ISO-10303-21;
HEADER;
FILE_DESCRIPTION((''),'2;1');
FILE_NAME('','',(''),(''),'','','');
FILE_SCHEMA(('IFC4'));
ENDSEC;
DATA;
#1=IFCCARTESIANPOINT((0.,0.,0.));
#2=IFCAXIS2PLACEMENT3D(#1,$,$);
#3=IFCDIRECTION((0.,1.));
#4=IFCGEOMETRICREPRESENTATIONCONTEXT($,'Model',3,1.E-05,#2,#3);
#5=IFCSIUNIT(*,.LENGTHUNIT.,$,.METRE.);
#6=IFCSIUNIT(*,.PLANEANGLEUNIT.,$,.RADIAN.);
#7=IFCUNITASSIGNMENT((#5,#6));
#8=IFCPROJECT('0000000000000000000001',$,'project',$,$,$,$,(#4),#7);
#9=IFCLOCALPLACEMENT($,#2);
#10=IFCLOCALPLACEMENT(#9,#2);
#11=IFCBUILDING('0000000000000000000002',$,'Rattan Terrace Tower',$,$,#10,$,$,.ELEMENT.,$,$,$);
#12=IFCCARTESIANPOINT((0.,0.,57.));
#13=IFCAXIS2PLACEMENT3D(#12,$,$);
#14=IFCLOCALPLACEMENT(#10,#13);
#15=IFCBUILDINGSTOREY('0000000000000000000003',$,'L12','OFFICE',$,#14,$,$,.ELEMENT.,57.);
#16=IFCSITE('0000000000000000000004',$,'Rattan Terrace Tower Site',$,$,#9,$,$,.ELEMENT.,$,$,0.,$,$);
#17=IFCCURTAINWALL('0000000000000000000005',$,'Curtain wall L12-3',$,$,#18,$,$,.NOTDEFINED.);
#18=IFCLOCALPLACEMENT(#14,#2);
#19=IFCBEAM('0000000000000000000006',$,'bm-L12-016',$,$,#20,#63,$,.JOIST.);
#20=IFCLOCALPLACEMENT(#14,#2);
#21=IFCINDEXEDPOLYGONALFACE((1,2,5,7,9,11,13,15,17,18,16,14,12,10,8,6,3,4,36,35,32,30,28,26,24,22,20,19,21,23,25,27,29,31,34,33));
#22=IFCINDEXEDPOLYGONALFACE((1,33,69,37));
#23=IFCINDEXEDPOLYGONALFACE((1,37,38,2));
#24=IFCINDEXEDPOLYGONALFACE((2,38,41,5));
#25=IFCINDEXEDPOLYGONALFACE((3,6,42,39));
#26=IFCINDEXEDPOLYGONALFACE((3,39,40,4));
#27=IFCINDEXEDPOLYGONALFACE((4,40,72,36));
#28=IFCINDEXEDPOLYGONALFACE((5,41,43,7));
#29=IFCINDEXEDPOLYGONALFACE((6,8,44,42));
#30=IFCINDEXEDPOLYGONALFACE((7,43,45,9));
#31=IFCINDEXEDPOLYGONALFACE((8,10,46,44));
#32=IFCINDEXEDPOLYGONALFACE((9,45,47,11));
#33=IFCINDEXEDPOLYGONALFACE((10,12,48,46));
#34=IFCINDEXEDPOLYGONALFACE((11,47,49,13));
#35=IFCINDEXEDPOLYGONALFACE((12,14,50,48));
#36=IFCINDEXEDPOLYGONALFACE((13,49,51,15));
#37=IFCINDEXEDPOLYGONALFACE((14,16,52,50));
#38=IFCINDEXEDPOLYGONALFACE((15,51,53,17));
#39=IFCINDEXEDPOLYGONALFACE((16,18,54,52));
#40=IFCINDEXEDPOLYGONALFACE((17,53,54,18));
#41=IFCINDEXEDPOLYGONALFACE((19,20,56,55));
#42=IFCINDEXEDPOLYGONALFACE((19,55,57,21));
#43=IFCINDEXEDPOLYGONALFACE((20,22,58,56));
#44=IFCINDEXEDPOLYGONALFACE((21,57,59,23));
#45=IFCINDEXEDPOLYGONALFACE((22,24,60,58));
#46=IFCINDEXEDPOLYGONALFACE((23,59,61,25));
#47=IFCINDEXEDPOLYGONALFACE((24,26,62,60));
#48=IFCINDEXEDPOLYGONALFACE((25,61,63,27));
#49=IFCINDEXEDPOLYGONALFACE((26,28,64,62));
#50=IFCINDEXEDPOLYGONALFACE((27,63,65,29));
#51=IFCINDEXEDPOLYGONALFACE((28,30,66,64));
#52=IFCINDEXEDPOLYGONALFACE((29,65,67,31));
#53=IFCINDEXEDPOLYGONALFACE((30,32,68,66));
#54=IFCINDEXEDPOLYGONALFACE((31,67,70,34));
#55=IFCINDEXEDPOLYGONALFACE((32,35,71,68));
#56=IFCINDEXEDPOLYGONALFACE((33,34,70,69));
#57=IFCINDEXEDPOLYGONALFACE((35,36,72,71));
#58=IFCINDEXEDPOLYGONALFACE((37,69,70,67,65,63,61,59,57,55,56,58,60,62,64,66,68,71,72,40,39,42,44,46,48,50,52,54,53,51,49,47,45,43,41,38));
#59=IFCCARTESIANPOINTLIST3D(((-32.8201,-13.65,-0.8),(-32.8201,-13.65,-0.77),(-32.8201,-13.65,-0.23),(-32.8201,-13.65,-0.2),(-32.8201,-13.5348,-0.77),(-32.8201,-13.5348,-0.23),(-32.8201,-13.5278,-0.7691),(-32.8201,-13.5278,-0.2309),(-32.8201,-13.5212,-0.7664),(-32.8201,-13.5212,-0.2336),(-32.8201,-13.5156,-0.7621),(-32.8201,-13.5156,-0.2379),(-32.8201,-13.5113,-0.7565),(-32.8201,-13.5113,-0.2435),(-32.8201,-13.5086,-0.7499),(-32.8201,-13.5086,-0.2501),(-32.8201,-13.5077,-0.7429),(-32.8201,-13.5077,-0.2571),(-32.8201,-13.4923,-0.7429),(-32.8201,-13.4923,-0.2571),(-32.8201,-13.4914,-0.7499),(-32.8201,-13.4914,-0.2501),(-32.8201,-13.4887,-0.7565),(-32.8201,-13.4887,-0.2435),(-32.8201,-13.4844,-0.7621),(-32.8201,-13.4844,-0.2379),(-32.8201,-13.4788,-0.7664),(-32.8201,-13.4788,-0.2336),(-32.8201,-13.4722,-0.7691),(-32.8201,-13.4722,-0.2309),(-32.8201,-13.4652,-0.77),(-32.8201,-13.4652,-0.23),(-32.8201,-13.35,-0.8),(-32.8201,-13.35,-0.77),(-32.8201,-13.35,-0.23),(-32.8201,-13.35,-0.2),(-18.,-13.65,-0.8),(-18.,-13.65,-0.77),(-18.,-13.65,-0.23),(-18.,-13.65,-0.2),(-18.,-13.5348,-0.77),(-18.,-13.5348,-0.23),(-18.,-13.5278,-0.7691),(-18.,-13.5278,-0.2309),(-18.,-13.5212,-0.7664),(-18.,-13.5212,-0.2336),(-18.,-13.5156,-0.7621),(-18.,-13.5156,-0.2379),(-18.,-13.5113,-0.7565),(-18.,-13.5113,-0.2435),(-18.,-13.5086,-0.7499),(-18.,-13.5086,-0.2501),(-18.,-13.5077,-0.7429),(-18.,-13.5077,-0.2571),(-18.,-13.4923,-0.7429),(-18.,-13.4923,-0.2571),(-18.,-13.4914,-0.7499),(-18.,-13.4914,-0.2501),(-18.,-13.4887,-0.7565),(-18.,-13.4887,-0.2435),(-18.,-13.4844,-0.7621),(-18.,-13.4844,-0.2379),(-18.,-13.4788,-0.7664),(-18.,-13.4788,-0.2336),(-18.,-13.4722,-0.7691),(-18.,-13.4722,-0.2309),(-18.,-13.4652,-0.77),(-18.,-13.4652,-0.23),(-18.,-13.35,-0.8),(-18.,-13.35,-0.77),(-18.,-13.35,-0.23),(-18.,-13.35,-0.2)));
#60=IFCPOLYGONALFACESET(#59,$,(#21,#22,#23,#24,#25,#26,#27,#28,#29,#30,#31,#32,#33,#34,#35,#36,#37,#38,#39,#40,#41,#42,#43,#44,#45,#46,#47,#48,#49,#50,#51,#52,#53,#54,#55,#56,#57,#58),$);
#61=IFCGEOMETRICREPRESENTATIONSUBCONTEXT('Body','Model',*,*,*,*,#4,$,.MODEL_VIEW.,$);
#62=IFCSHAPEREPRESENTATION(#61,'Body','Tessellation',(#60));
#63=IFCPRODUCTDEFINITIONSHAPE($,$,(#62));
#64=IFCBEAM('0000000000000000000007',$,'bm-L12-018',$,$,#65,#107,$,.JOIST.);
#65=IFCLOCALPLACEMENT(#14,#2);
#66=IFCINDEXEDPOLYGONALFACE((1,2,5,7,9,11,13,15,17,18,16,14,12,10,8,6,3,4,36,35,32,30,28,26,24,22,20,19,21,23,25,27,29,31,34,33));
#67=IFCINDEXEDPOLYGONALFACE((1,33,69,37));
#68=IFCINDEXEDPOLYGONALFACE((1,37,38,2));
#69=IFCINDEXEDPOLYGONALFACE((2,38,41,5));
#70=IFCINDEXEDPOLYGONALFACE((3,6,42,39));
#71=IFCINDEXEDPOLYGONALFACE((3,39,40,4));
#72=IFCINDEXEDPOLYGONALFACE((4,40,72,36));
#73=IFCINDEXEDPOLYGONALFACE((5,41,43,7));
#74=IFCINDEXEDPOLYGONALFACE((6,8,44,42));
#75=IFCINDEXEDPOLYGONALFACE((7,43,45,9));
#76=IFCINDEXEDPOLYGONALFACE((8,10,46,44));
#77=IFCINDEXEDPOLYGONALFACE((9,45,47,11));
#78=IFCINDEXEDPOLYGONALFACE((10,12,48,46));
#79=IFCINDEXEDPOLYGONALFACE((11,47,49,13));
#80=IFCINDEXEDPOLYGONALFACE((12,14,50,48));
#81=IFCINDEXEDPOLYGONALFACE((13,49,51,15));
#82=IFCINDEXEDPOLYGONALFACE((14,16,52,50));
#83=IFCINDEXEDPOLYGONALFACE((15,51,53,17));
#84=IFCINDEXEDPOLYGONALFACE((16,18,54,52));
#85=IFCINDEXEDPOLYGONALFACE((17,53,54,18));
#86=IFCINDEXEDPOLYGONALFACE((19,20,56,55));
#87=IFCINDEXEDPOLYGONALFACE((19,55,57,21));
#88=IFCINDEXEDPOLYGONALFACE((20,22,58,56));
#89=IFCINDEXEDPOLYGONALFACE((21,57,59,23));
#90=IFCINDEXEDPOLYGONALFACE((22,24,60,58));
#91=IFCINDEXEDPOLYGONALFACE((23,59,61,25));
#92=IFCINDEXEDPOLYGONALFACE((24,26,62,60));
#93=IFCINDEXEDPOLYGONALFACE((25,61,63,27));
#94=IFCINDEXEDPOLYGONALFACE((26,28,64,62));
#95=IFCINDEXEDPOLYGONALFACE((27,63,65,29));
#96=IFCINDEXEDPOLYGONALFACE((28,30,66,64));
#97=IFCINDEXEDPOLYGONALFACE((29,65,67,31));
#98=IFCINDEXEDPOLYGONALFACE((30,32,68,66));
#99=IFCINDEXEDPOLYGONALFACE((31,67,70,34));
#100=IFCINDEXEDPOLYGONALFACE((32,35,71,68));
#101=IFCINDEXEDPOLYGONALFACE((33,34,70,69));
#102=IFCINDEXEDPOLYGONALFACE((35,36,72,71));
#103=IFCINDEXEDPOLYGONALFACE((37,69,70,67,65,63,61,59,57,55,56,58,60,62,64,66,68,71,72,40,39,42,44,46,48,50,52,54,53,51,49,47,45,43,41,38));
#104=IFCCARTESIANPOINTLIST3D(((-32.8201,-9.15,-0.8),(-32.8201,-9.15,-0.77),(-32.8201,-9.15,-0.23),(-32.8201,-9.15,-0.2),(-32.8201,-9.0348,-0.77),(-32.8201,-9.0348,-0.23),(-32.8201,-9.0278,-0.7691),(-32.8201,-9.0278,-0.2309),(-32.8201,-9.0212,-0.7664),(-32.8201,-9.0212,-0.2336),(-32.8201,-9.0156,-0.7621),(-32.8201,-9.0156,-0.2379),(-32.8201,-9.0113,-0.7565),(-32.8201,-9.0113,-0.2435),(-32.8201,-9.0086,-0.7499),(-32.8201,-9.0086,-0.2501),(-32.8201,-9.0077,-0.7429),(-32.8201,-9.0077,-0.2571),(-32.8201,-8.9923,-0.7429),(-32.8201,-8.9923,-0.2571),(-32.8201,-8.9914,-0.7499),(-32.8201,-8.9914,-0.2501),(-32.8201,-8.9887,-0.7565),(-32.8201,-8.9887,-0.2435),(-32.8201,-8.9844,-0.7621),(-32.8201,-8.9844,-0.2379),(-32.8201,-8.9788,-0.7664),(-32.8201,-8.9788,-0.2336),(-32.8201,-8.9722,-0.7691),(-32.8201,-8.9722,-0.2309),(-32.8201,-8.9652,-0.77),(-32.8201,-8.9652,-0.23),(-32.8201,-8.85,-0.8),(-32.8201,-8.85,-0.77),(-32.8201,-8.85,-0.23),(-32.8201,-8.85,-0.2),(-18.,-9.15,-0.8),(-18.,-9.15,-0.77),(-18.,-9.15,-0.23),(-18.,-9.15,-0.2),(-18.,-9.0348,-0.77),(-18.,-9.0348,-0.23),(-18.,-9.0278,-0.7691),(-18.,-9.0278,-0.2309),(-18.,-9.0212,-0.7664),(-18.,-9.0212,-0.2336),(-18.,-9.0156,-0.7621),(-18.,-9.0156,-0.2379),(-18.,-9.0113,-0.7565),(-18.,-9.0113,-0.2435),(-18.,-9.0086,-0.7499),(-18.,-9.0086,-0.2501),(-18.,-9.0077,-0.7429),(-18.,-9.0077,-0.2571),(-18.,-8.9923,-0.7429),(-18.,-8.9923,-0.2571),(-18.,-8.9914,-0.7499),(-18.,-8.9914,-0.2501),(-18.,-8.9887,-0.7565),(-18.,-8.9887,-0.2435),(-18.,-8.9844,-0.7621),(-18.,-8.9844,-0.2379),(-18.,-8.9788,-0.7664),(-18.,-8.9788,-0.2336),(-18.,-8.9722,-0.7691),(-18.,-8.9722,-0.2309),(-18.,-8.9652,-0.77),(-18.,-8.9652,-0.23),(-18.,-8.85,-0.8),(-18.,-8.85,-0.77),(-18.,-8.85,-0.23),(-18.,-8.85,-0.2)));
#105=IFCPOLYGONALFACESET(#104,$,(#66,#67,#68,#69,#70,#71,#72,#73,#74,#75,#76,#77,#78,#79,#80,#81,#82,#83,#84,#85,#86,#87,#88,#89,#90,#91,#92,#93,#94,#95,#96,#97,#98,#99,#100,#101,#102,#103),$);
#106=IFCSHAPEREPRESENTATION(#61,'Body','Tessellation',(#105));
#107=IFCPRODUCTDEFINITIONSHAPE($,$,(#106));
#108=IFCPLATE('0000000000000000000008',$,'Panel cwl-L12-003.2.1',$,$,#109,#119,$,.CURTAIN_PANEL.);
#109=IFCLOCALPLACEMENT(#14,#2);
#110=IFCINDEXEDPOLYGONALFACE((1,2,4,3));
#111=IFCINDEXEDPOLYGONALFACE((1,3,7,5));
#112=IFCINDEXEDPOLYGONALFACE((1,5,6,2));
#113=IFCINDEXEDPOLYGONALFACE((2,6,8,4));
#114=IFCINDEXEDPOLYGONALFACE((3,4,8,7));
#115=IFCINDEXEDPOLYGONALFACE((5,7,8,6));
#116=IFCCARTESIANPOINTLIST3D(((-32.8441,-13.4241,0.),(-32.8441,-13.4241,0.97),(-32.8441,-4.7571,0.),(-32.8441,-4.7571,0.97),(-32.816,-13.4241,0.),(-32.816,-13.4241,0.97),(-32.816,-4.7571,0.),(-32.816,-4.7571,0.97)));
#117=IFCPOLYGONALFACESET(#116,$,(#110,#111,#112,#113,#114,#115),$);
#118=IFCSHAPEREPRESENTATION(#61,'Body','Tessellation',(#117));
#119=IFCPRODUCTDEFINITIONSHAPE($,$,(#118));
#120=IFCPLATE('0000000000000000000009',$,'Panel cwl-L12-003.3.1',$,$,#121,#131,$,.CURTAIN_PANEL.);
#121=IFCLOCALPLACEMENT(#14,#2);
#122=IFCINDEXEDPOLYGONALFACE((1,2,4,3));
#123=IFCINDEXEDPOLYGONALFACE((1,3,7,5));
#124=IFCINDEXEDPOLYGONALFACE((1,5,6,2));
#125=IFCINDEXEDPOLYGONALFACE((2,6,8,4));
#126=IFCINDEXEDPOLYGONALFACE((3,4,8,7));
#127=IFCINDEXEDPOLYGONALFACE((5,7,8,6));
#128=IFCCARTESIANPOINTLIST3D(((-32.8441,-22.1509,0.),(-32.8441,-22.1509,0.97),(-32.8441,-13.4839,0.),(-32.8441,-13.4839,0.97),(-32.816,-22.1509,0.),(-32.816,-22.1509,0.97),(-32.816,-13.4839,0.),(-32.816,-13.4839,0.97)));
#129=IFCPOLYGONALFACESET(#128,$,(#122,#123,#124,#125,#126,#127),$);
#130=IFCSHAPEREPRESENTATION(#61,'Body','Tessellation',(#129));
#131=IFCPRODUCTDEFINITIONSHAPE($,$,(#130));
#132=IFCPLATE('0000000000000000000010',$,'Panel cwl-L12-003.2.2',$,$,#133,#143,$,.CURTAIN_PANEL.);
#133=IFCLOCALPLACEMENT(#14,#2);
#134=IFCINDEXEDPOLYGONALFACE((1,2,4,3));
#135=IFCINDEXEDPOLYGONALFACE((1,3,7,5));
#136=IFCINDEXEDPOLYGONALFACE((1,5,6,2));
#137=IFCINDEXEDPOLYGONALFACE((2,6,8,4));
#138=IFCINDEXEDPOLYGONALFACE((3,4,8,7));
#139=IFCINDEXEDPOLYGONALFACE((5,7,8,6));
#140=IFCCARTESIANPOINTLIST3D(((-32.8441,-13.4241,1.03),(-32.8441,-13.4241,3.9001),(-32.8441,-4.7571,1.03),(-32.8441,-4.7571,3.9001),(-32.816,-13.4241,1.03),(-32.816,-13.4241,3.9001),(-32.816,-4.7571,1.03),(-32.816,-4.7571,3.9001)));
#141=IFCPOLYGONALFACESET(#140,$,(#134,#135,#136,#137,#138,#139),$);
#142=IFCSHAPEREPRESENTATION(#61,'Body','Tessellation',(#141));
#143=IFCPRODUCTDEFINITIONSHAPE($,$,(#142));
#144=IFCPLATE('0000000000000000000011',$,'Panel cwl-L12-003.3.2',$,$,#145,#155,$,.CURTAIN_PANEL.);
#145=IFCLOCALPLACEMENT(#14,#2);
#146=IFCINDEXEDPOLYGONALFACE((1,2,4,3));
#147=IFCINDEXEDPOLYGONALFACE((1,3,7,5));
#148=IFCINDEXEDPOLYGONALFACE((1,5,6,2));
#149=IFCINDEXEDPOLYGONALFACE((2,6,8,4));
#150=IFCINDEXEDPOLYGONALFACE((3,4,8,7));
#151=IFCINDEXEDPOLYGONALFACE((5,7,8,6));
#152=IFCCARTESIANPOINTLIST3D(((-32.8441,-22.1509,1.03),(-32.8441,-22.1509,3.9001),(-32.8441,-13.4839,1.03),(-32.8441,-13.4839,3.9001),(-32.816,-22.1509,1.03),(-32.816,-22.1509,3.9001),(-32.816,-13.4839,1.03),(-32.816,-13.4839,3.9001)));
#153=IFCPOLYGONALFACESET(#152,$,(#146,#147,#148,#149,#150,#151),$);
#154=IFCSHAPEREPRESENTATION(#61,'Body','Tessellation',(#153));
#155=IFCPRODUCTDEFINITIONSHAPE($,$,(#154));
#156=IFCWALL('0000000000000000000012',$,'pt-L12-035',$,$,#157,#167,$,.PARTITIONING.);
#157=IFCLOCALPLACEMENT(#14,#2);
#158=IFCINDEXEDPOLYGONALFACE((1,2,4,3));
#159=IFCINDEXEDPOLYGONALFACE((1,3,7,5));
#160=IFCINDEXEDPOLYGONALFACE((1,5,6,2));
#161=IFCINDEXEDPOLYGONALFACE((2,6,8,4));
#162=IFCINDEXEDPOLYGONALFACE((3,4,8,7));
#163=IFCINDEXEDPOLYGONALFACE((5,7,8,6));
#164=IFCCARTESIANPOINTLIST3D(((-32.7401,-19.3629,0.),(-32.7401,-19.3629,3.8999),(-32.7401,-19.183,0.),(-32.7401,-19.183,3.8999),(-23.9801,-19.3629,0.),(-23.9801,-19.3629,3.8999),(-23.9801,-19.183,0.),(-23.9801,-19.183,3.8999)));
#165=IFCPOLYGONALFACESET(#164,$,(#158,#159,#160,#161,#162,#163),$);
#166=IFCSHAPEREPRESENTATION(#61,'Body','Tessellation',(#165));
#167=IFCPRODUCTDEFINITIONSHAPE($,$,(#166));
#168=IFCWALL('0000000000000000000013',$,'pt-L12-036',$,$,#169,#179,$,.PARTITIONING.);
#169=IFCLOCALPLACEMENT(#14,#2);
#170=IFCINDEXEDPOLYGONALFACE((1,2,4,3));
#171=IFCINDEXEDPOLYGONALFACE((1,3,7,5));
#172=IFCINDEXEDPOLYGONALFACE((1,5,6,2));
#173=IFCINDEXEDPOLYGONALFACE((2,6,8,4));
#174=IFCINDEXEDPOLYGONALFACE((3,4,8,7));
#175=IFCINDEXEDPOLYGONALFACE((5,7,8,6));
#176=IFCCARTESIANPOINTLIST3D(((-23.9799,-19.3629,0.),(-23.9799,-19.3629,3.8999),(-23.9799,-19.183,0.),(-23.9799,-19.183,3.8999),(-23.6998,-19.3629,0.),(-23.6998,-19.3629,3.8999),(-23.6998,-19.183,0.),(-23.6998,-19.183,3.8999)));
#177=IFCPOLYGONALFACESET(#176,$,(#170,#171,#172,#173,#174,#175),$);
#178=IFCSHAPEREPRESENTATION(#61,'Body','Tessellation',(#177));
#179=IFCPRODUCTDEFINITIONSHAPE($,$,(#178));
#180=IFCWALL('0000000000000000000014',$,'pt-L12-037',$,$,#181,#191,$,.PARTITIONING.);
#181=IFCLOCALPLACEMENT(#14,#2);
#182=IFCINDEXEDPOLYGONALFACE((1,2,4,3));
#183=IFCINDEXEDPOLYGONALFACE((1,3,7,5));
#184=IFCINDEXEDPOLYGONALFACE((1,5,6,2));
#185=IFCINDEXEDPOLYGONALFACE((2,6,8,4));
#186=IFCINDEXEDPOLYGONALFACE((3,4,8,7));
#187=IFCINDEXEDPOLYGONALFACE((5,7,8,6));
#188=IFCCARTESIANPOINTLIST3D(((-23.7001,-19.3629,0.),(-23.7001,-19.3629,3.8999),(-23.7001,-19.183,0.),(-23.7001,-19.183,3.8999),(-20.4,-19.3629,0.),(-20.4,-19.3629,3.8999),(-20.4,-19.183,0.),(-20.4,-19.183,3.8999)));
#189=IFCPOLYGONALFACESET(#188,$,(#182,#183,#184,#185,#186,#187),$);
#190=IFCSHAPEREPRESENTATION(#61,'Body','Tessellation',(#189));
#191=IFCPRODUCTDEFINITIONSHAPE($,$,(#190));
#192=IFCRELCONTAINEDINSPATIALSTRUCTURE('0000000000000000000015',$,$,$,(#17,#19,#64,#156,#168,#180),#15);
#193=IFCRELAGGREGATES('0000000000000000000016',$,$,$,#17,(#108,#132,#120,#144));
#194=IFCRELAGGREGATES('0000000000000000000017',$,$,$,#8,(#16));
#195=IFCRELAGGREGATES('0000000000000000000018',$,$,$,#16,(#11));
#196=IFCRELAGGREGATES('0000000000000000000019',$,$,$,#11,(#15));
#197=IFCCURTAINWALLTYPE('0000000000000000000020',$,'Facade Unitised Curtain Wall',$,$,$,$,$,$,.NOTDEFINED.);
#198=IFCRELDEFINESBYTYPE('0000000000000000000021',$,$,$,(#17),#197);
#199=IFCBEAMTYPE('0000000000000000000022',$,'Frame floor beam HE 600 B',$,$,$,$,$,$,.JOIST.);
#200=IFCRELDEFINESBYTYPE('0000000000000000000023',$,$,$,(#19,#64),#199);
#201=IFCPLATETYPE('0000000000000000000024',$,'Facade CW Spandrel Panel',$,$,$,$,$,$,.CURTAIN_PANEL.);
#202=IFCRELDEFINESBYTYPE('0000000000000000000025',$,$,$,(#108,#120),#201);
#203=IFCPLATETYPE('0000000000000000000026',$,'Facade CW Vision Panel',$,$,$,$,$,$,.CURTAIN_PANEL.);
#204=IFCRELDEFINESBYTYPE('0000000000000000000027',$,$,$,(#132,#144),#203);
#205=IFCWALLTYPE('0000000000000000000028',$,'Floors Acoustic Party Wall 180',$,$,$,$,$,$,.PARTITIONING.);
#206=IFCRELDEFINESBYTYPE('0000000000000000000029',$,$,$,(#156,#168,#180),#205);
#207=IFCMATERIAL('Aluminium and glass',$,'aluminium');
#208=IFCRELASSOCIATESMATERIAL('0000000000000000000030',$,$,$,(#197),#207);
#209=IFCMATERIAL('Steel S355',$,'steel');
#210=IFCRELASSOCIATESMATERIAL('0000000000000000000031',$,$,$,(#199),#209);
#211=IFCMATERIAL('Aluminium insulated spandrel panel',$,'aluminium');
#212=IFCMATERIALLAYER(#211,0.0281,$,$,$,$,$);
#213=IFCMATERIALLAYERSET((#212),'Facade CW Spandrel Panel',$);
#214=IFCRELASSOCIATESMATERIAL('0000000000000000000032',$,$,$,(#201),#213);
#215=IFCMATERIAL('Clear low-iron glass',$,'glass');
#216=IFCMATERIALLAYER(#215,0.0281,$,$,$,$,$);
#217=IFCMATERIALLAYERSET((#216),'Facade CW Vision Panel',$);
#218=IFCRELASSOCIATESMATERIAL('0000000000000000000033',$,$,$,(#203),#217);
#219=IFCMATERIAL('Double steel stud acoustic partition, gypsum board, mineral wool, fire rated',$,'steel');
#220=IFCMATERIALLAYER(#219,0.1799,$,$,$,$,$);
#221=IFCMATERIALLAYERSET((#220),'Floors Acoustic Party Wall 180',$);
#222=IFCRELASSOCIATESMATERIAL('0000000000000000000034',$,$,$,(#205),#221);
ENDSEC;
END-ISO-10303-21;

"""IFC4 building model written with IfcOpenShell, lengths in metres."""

from ifc_helpers import new_model, si_unit, direction, frame, frame_2d, origin, origin_2d, place, context, subcontext, project, spatial, rectangle, i_section, extrude, material, layer, layer_set, material_profile, profile_set, type_object, element, aggregate, save


model = new_model("IFC4")

# Units and contexts
model_context = context("Model", 3, precision=1e-05, world=origin(), true_north=direction((0.0, 1.0)))
body_context = subcontext(model_context, "Body", "Model", "MODEL_VIEW")
ifc_project = project(units=[si_unit("LENGTHUNIT", "METRE"), si_unit("PLANEANGLEUNIT", "RADIAN")], contexts=[model_context])

# Site, building, storey
site_placement = place(None, origin())
site = spatial("IfcSite", under=ifc_project, at=site_placement, Name="Rattan Terrace Tower Site", CompositionType="ELEMENT", RefElevation=0.0)
building_placement = place(site_placement, origin())
building = spatial("IfcBuilding", under=site, at=building_placement, Name="Rattan Terrace Tower", CompositionType="ELEMENT")
storey_placement = place(building_placement, frame((0.0, 0.0, 57.0)))
storey = spatial("IfcBuildingStorey", under=building, at=storey_placement, Name="L12", Description="OFFICE", CompositionType="ELEMENT", Elevation=57.0)

# Curtain wall
ifc_material_1 = material(Name="Aluminium and glass", Category="aluminium")
curtain_wall_type = type_object("IfcCurtainWallType", Name="Facade Unitised Curtain Wall", PredefinedType="NOTDEFINED", material=ifc_material_1)
curtain_wall_placement = place(storey_placement, origin())
curtain_wall = element("IfcCurtainWall", 1, at=curtain_wall_placement, inside=storey, type_object=curtain_wall_type, Name="Curtain wall L12-3", PredefinedType="NOTDEFINED")

# Beams
ifc_material_2 = material(Name="Steel S355", Category="steel")
ifc_material_profile_1 = material_profile(ifc_material_2, i_section(OverallWidth=0.3, OverallDepth=0.6001, WebThickness=0.0154, FlangeThickness=0.03, FilletRadius=0.0271, at=origin_2d()), Name="HE 600 B")
ifc_profile_set_1 = profile_set([ifc_material_profile_1], Name="Steel S355")
beam_type_1 = type_object("IfcBeamType", Name="Frame floor beam HE 600 B", PredefinedType="JOIST", material=ifc_profile_set_1)
for number, where, z_axis, x_axis, name in (
    (2, (-32.8201, -13.5, -0.5), (1.0, 0.0, 0.0), (0.0, 1.0, 0.0), "bm-L12-016"),
    (3, (-32.8201, -9.0, -0.5), (1.0, 0.0, 0.0), (0.0, 1.0, 0.0), "bm-L12-018"),
):
    element("IfcBeam", number, at=place(storey_placement, frame(where, z_axis=z_axis, x_axis=x_axis)), inside=storey, type_object=beam_type_1, Name=name, PredefinedType="JOIST", context=body_context, shape_type="SweptSolid", body=[
        extrude(i_section(OverallWidth=0.3, OverallDepth=0.6001, WebThickness=0.0154, FlangeThickness=0.03, FilletRadius=0.0271, at=origin_2d()), origin(), (0.0, 0.0, 1.0), 14.8201),
    ])

# Plates
ifc_material_3 = material(Name="Aluminium insulated spandrel panel", Category="aluminium")
ifc_layer_1 = layer(ifc_material_3, 0.0281)
ifc_layer_set_1 = layer_set([ifc_layer_1], Name="Facade CW Spandrel Panel")
plate_type_1 = type_object("IfcPlateType", Name="Facade CW Spandrel Panel", PredefinedType="CURTAIN_PANEL", material=ifc_layer_set_1)
plate_1_placement = place(storey_placement, frame((-32.8301, -9.0906, 0.0), z_axis=(0.0, 0.0, 1.0), x_axis=(0.0, -1.0, 0.0)))
plate_1 = element("IfcPlate", 4, at=plate_1_placement, type_object=plate_type_1, Name="Panel cwl-L12-003.2.1", PredefinedType="CURTAIN_PANEL", context=body_context, shape_type="SweptSolid", body=[
    extrude(rectangle(XDim=8.667, YDim=0.0281, at=origin_2d()), origin(), (0.0, 0.0, 1.0), 0.97),
])
plate_2_placement = place(storey_placement, frame((-32.8301, -17.8174, 0.0), z_axis=(0.0, 0.0, 1.0), x_axis=(0.0, -1.0, 0.0)))
plate_2 = element("IfcPlate", 5, at=plate_2_placement, type_object=plate_type_1, Name="Panel cwl-L12-003.3.1", PredefinedType="CURTAIN_PANEL", context=body_context, shape_type="SweptSolid", body=[
    extrude(rectangle(XDim=8.667, YDim=0.0281, at=origin_2d()), origin(), (0.0, 0.0, 1.0), 0.97),
])
ifc_material_4 = material(Name="Clear low-iron glass", Category="glass")
ifc_layer_2 = layer(ifc_material_4, 0.0281)
ifc_layer_set_2 = layer_set([ifc_layer_2], Name="Facade CW Vision Panel")
plate_type_2 = type_object("IfcPlateType", Name="Facade CW Vision Panel", PredefinedType="CURTAIN_PANEL", material=ifc_layer_set_2)
plate_3_placement = place(storey_placement, frame((-32.8301, -9.0906, 1.03), z_axis=(0.0, 0.0, 1.0), x_axis=(0.0, -1.0, 0.0)))
plate_3 = element("IfcPlate", 6, at=plate_3_placement, type_object=plate_type_2, Name="Panel cwl-L12-003.2.2", PredefinedType="CURTAIN_PANEL", context=body_context, shape_type="SweptSolid", body=[
    extrude(rectangle(XDim=8.667, YDim=0.0281, at=origin_2d()), origin(), (0.0, 0.0, 1.0), 2.8701),
])
plate_4_placement = place(storey_placement, frame((-32.8301, -17.8174, 1.03), z_axis=(0.0, 0.0, 1.0), x_axis=(0.0, -1.0, 0.0)))
plate_4 = element("IfcPlate", 7, at=plate_4_placement, type_object=plate_type_2, Name="Panel cwl-L12-003.3.2", PredefinedType="CURTAIN_PANEL", context=body_context, shape_type="SweptSolid", body=[
    extrude(rectangle(XDim=8.667, YDim=0.0281, at=origin_2d()), origin(), (0.0, 0.0, 1.0), 2.8701),
])
aggregate(curtain_wall, [plate_1, plate_3, plate_2, plate_4])

# Walls
ifc_material_5 = material(Name="Double steel stud acoustic partition, gypsum board, mineral wool, fire rated", Category="steel")
ifc_layer_3 = layer(ifc_material_5, 0.1799)
ifc_layer_set_3 = layer_set([ifc_layer_3], Name="Floors Acoustic Party Wall 180")
wall_type_1 = type_object("IfcWallType", Name="Floors Acoustic Party Wall 180", PredefinedType="PARTITIONING", material=ifc_layer_set_3)
wall_1_placement = place(storey_placement, frame((-32.74, -19.2729, 0.0), z_axis=(0.0, 0.0, 1.0), x_axis=(1.0, 0.0, 0.0)))
element("IfcWall", 8, at=wall_1_placement, inside=storey, type_object=wall_type_1, Name="pt-L12-035", PredefinedType="PARTITIONING", context=body_context, shape_type="SweptSolid", body=[
    extrude(rectangle(XDim=8.76, YDim=0.1799, at=frame_2d((4.3799, 0.0))), origin(), (0.0, 0.0, 1.0), 3.8999),
])
wall_2_placement = place(storey_placement, frame((-23.98, -19.2729, 0.0), z_axis=(0.0, 0.0, 1.0), x_axis=(1.0, 0.0, 0.0)))
element("IfcWall", 9, at=wall_2_placement, inside=storey, type_object=wall_type_1, Name="pt-L12-036", PredefinedType="PARTITIONING", context=body_context, shape_type="SweptSolid", body=[
    extrude(rectangle(XDim=0.28, YDim=0.1799, at=frame_2d((0.1401, 0.0))), origin(), (0.0, 0.0, 1.0), 3.8999),
])
wall_3_placement = place(storey_placement, frame((-23.7, -19.2729, 0.0), z_axis=(0.0, 0.0, 1.0), x_axis=(1.0, 0.0, 0.0)))
element("IfcWall", 10, at=wall_3_placement, inside=storey, type_object=wall_type_1, Name="pt-L12-037", PredefinedType="PARTITIONING", context=body_context, shape_type="SweptSolid", body=[
    extrude(rectangle(XDim=3.3, YDim=0.1799, at=frame_2d((1.6499, 0.0))), origin(), (0.0, 0.0, 1.0), 3.8999),
])

save(model, "model.ifc")
